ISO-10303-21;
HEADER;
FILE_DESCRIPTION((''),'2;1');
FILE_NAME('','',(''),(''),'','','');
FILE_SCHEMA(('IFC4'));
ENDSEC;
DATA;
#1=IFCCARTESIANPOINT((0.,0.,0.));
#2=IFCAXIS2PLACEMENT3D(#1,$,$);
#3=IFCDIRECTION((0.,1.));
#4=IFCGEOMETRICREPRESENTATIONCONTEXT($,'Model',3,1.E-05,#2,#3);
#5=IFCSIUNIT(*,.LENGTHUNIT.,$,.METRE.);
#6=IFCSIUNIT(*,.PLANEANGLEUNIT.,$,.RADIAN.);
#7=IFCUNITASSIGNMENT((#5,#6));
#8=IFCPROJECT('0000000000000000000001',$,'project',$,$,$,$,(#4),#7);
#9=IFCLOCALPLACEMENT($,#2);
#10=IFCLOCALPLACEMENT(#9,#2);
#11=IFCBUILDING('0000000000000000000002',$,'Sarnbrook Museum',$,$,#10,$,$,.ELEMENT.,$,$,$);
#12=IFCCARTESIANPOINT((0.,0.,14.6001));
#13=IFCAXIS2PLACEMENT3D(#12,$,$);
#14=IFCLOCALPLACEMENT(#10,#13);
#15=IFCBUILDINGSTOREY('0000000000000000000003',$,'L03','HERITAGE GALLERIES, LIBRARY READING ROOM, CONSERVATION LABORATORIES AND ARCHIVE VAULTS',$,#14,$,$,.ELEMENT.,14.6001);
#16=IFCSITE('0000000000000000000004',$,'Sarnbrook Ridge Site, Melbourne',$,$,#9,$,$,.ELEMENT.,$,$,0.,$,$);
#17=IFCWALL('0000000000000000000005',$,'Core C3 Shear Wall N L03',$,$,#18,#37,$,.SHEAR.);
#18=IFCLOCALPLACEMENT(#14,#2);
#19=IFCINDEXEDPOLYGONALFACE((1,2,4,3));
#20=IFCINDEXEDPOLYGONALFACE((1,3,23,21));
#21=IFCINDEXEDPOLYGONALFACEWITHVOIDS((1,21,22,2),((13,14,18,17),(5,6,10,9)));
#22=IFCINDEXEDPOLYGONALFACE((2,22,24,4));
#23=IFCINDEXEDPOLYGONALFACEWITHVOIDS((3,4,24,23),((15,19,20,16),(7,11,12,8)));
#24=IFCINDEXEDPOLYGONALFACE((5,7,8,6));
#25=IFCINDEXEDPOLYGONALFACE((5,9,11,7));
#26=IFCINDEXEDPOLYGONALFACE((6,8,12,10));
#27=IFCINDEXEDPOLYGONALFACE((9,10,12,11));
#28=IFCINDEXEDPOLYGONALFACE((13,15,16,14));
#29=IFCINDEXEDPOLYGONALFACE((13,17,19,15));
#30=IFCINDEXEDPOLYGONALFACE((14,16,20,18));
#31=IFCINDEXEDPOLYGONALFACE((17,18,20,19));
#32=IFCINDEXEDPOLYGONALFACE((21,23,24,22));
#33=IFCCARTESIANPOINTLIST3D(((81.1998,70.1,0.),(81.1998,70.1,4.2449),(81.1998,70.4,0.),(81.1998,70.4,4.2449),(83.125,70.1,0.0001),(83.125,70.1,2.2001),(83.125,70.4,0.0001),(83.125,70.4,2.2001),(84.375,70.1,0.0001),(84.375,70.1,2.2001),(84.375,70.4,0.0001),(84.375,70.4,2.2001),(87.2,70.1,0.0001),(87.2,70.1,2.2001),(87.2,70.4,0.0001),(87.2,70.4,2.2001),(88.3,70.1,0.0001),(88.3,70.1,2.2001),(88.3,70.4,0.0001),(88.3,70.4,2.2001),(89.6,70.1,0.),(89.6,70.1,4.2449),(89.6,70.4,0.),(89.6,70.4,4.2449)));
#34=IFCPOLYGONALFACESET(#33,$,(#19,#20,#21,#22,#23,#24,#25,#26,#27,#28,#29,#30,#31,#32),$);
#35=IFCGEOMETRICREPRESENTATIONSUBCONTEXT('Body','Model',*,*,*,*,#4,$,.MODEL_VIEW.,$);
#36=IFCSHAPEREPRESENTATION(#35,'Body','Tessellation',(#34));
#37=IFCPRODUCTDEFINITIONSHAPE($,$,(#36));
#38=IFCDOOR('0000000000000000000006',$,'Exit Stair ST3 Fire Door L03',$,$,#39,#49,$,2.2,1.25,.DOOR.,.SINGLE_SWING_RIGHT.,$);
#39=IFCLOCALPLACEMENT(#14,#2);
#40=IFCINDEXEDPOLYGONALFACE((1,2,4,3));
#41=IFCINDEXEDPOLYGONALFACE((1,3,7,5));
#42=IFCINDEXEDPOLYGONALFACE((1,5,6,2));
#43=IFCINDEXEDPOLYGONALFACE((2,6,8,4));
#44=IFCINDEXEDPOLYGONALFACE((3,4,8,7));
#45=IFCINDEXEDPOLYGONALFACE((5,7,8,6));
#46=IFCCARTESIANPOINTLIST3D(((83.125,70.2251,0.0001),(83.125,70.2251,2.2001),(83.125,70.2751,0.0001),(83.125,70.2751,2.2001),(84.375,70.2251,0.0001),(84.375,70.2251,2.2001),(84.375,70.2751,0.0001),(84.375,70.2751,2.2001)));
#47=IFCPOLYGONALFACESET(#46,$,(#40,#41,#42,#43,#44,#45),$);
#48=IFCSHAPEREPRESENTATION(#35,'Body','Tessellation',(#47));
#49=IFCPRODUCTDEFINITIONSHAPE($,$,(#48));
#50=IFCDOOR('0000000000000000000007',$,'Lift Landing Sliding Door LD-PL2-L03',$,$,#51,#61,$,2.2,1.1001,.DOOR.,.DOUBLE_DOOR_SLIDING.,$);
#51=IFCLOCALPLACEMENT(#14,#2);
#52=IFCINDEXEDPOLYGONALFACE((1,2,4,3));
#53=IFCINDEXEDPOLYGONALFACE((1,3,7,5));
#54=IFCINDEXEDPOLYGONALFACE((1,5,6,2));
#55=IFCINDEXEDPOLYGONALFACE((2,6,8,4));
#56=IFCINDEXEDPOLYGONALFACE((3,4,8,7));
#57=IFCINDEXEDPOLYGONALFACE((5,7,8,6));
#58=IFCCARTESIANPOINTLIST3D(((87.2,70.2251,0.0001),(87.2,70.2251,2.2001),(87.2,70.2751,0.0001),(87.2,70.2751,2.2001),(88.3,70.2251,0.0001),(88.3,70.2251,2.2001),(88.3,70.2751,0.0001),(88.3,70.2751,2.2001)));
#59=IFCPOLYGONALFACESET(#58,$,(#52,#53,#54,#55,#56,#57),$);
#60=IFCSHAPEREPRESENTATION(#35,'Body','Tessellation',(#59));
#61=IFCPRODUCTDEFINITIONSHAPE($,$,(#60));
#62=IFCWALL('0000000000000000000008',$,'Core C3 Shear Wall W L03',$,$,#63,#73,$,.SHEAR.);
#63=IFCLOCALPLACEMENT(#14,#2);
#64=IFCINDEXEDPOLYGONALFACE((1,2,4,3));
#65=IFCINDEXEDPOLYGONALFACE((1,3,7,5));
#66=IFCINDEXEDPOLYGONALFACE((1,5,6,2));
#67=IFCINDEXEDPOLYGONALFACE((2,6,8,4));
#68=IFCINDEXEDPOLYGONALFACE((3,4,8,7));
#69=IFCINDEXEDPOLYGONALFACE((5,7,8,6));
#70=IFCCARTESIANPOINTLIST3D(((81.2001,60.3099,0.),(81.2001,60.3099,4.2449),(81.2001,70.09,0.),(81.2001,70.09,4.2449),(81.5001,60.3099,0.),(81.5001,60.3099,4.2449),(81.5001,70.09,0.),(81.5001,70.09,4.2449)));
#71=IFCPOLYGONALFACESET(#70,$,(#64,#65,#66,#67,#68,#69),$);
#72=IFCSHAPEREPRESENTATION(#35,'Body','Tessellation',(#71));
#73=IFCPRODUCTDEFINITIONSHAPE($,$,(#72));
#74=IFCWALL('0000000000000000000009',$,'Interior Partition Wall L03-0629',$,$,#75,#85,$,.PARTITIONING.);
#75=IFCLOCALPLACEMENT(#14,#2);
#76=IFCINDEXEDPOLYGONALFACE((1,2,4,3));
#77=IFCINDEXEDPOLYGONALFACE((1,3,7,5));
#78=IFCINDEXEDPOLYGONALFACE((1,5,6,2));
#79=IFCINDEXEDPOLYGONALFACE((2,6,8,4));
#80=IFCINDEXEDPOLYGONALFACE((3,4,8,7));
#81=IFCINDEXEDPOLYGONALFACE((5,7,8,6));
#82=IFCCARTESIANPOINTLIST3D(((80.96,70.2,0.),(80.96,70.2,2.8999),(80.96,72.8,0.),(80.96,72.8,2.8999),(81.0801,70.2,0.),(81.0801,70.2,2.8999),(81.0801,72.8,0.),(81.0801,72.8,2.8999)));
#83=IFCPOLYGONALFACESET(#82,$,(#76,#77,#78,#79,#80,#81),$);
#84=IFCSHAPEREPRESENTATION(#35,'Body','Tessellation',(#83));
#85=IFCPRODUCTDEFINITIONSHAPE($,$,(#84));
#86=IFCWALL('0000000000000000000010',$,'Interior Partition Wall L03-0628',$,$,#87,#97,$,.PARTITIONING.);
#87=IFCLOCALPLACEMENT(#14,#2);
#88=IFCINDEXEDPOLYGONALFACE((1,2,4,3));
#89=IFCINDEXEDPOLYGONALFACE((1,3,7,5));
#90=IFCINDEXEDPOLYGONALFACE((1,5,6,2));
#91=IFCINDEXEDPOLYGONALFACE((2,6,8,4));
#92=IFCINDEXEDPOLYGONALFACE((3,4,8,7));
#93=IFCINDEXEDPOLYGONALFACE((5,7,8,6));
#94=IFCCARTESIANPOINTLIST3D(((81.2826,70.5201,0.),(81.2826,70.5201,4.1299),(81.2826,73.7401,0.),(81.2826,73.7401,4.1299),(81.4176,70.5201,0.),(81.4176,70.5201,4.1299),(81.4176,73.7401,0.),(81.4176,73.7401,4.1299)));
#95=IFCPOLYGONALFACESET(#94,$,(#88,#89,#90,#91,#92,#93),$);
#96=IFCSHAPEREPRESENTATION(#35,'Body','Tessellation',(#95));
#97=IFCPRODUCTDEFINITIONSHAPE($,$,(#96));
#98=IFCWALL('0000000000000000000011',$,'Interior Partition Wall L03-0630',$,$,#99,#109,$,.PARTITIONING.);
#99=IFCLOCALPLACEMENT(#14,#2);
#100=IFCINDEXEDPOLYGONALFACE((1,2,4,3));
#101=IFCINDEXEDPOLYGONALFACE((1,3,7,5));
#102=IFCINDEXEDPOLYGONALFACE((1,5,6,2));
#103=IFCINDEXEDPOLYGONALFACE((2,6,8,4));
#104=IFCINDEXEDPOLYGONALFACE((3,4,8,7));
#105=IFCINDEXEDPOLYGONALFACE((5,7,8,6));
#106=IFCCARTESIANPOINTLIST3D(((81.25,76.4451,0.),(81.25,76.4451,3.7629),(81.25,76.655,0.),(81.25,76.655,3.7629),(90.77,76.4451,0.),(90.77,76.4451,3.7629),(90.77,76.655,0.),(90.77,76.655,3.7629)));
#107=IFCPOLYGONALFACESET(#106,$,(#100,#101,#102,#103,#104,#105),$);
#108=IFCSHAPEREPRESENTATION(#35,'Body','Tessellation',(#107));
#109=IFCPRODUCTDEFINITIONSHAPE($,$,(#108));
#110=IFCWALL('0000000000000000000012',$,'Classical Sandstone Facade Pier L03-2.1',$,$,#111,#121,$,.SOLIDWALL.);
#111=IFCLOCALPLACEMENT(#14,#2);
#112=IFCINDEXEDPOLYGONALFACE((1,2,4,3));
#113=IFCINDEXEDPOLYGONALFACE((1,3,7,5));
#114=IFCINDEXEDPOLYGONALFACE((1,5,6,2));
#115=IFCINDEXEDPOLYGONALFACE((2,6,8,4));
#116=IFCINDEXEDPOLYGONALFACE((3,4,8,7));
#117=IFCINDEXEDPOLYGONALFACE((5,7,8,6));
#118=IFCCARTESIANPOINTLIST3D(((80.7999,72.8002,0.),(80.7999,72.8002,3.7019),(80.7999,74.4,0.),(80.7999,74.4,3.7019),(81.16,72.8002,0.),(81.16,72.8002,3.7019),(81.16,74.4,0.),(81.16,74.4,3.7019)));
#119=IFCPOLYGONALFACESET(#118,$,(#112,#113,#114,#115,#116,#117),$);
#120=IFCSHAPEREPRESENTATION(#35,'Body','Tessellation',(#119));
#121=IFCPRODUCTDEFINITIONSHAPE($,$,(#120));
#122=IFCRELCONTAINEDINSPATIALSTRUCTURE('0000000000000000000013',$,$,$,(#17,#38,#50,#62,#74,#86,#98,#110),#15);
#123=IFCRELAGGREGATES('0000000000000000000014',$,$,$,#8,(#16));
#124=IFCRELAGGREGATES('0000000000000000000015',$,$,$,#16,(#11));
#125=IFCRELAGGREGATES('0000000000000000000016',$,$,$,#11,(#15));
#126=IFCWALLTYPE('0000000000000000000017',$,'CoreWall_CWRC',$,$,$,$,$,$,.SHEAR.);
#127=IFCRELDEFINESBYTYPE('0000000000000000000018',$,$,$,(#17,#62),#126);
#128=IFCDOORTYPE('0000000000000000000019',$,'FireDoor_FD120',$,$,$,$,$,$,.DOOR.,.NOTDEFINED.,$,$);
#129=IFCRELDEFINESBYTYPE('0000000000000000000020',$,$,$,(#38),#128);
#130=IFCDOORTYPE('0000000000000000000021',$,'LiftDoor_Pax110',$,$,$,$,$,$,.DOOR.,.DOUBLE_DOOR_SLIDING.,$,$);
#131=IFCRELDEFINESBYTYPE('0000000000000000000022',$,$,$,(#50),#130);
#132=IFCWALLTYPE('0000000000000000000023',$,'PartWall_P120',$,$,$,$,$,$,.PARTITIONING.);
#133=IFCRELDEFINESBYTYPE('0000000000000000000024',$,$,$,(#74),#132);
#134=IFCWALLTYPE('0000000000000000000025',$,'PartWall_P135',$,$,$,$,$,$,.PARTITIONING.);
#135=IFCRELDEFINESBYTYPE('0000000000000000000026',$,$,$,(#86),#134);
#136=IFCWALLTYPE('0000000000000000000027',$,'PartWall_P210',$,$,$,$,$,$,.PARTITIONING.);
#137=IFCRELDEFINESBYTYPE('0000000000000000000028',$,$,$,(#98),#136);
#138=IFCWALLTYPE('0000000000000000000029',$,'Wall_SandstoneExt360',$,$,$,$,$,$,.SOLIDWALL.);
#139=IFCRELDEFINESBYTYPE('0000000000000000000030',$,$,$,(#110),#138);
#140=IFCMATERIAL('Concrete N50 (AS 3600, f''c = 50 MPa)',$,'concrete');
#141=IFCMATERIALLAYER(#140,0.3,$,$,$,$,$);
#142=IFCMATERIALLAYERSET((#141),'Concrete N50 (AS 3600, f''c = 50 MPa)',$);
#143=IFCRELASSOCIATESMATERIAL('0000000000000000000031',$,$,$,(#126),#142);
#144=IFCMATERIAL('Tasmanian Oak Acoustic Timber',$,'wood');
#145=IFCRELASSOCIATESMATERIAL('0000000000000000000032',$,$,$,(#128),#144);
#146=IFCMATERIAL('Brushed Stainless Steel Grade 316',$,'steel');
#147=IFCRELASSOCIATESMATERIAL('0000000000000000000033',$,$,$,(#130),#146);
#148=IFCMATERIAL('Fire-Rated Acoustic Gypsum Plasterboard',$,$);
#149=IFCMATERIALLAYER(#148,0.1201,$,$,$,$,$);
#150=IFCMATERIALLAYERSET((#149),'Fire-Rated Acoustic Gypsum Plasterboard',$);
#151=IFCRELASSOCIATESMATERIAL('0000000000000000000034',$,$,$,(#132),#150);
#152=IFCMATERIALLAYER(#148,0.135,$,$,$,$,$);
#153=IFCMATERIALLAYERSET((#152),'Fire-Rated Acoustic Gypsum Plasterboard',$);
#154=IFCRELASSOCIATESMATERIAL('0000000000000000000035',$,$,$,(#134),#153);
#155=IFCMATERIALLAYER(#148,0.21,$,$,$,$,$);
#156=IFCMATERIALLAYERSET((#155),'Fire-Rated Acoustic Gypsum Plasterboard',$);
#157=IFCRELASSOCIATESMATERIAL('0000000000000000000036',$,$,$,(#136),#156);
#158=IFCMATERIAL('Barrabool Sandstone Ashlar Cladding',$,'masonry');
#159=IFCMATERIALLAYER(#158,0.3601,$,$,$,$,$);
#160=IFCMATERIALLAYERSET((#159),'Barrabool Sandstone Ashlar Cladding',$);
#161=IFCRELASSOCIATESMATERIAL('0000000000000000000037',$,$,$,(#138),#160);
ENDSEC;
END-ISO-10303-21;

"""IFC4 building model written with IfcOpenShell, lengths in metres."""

from ifc_helpers import new_model, si_unit, direction, frame, frame_2d, origin, place, context, subcontext, project, spatial, rectangle, extrude, material, layer, layer_set, type_object, element, fill, save


model = new_model("IFC4")

# Units and contexts
model_context = context("Model", 3, precision=1e-05, world=origin(), true_north=direction((0.0, 1.0)))
body_context = subcontext(model_context, "Body", "Model", "MODEL_VIEW")
ifc_project = project(units=[si_unit("LENGTHUNIT", "METRE"), si_unit("PLANEANGLEUNIT", "RADIAN")], contexts=[model_context])

# Site, building, storey
site_placement = place(None, origin())
site = spatial("IfcSite", under=ifc_project, at=site_placement, Name="Sarnbrook Ridge Site, Melbourne", CompositionType="ELEMENT", RefElevation=0.0)
building_placement = place(site_placement, origin())
building = spatial("IfcBuilding", under=site, at=building_placement, Name="Sarnbrook Museum", CompositionType="ELEMENT")
storey_placement = place(building_placement, frame((0.0, 0.0, 14.6001)))
storey = spatial("IfcBuildingStorey", under=building, at=storey_placement, Name="L03", Description="HERITAGE GALLERIES, LIBRARY READING ROOM, CONSERVATION LABORATORIES AND ARCHIVE VAULTS", CompositionType="ELEMENT", Elevation=14.6001)

# Wall, openings, doors
ifc_material_1 = material(Name="Concrete N50 (AS 3600, f'c = 50 MPa)", Category="concrete")
ifc_layer_1 = layer(ifc_material_1, 0.3)
ifc_layer_set_1 = layer_set([ifc_layer_1], Name="Concrete N50 (AS 3600, f'c = 50 MPa)")
wall_type_1 = type_object("IfcWallType", Name="CoreWall_CWRC", PredefinedType="SHEAR", material=ifc_layer_set_1)
wall_1_placement = place(storey_placement, frame((89.6001, 70.25, 0.0), z_axis=(0.0, 0.0, 1.0), x_axis=(-1.0, 0.0, 0.0)))
wall_1 = element("IfcWall", 1, at=wall_1_placement, inside=storey, type_object=wall_type_1, Name="Core C3 Shear Wall N L03", PredefinedType="SHEAR", context=body_context, shape_type="SweptSolid", body=[
    extrude(rectangle(XDim=8.4001, YDim=0.3, at=frame_2d((4.2002, 0.0))), origin(), (0.0, 0.0, 1.0), 4.2449),
])
opening_1_placement = place(wall_1_placement, frame((5.2251, 0.0, 0.0)))
opening_1 = element("IfcOpeningElement", 2, at=opening_1_placement, cuts=wall_1, PredefinedType="OPENING", context=body_context, shape_type="SweptSolid", body=[
    extrude(rectangle(XDim=1.25, YDim=2.2, at=frame_2d((0.625, 1.1001))), frame((0.0, 0.1602, 0.0), z_axis=(0.0, -1.0, 0.0), x_axis=(1.0, 0.0, 0.0)), (0.0, 0.0, 1.0), 0.3201),
])
opening_2_placement = place(wall_1_placement, frame((1.3, 0.0, 0.0)))
opening_2 = element("IfcOpeningElement", 3, at=opening_2_placement, cuts=wall_1, PredefinedType="OPENING", context=body_context, shape_type="SweptSolid", body=[
    extrude(rectangle(XDim=1.1001, YDim=2.2, at=frame_2d((0.55, 1.1001))), frame((0.0, 0.1602, 0.0), z_axis=(0.0, -1.0, 0.0), x_axis=(1.0, 0.0, 0.0)), (0.0, 0.0, 1.0), 0.3201),
])
ifc_material_2 = material(Name="Tasmanian Oak Acoustic Timber", Category="wood")
door_type_1 = type_object("IfcDoorType", Name="FireDoor_FD120", OperationType="NOTDEFINED", PredefinedType="DOOR", material=ifc_material_2)
door_1_placement = place(opening_1_placement, origin())
door_1 = element("IfcDoor", 4, at=door_1_placement, inside=storey, type_object=door_type_1, Name="Exit Stair ST3 Fire Door L03", OperationType="SINGLE_SWING_RIGHT", OverallHeight=2.2, OverallWidth=1.25, PredefinedType="DOOR", context=body_context, shape_type="SweptSolid", body=[
    extrude(rectangle(XDim=1.25, YDim=2.2, at=frame_2d((0.625, 1.1001))), frame((0.0, 0.0249, 0.0), z_axis=(0.0, -1.0, 0.0), x_axis=(1.0, 0.0, 0.0)), (0.0, 0.0, 1.0), 0.05),
])
fill(opening_1, door_1)
ifc_material_3 = material(Name="Brushed Stainless Steel Grade 316", Category="steel")
door_type_2 = type_object("IfcDoorType", Name="LiftDoor_Pax110", OperationType="DOUBLE_DOOR_SLIDING", PredefinedType="DOOR", material=ifc_material_3)
door_2_placement = place(opening_2_placement, origin())
door_2 = element("IfcDoor", 5, at=door_2_placement, inside=storey, type_object=door_type_2, Name="Lift Landing Sliding Door LD-PL2-L03", OperationType="DOUBLE_DOOR_SLIDING", OverallHeight=2.2, OverallWidth=1.1001, PredefinedType="DOOR", context=body_context, shape_type="SweptSolid", body=[
    extrude(rectangle(XDim=1.1001, YDim=2.2, at=frame_2d((0.55, 1.1001))), frame((0.0, 0.0249, 0.0), z_axis=(0.0, -1.0, 0.0), x_axis=(1.0, 0.0, 0.0)), (0.0, 0.0, 1.0), 0.05),
])
fill(opening_2, door_2)

# Walls
wall_2_placement = place(storey_placement, frame((81.3501, 70.0901, 0.0), z_axis=(0.0, 0.0, 1.0), x_axis=(0.0, -1.0, 0.0)))
element("IfcWall", 6, at=wall_2_placement, inside=storey, type_object=wall_type_1, Name="Core C3 Shear Wall W L03", PredefinedType="SHEAR", context=body_context, shape_type="SweptSolid", body=[
    extrude(rectangle(XDim=9.78, YDim=0.3, at=frame_2d((4.8901, 0.0))), origin(), (0.0, 0.0, 1.0), 4.2449),
])
ifc_material_4 = material(Name="Fire-Rated Acoustic Gypsum Plasterboard")
ifc_layer_2 = layer(ifc_material_4, 0.1201)
ifc_layer_set_2 = layer_set([ifc_layer_2], Name="Fire-Rated Acoustic Gypsum Plasterboard")
wall_type_2 = type_object("IfcWallType", Name="PartWall_P120", PredefinedType="PARTITIONING", material=ifc_layer_set_2)
wall_3_placement = place(storey_placement, frame((81.02, 70.2, 0.0), z_axis=(0.0, 0.0, 1.0), x_axis=(0.0, 1.0, 0.0)))
element("IfcWall", 7, at=wall_3_placement, inside=storey, type_object=wall_type_2, Name="Interior Partition Wall L03-0629", PredefinedType="PARTITIONING", context=body_context, shape_type="SweptSolid", body=[
    extrude(rectangle(XDim=2.6001, YDim=0.1201, at=frame_2d((1.3, 0.0))), origin(), (0.0, 0.0, 1.0), 2.8999),
])
ifc_layer_3 = layer(ifc_material_4, 0.135)
ifc_layer_set_3 = layer_set([ifc_layer_3], Name="Fire-Rated Acoustic Gypsum Plasterboard")
wall_type_3 = type_object("IfcWallType", Name="PartWall_P135", PredefinedType="PARTITIONING", material=ifc_layer_set_3)
wall_4_placement = place(storey_placement, frame((81.3501, 73.74, 0.0), z_axis=(0.0, 0.0, 1.0), x_axis=(0.0, -1.0, 0.0)))
element("IfcWall", 8, at=wall_4_placement, inside=storey, type_object=wall_type_3, Name="Interior Partition Wall L03-0628", PredefinedType="PARTITIONING", context=body_context, shape_type="SweptSolid", body=[
    extrude(rectangle(XDim=3.22, YDim=0.135, at=frame_2d((1.6099, 0.0))), origin(), (0.0, 0.0, 1.0), 4.1299),
])
ifc_layer_4 = layer(ifc_material_4, 0.21)
ifc_layer_set_4 = layer_set([ifc_layer_4], Name="Fire-Rated Acoustic Gypsum Plasterboard")
wall_type_4 = type_object("IfcWallType", Name="PartWall_P210", PredefinedType="PARTITIONING", material=ifc_layer_set_4)
wall_5_placement = place(storey_placement, frame((81.25, 76.55, 0.0), z_axis=(0.0, 0.0, 1.0), x_axis=(1.0, 0.0, 0.0)))
element("IfcWall", 9, at=wall_5_placement, inside=storey, type_object=wall_type_4, Name="Interior Partition Wall L03-0630", PredefinedType="PARTITIONING", context=body_context, shape_type="SweptSolid", body=[
    extrude(rectangle(XDim=9.52, YDim=0.21, at=frame_2d((4.76, 0.0))), origin(), (0.0, 0.0, 1.0), 3.7629),
])
ifc_material_5 = material(Name="Barrabool Sandstone Ashlar Cladding", Category="masonry")
ifc_layer_5 = layer(ifc_material_5, 0.3601)
ifc_layer_set_5 = layer_set([ifc_layer_5], Name="Barrabool Sandstone Ashlar Cladding")
wall_type_5 = type_object("IfcWallType", Name="Wall_SandstoneExt360", PredefinedType="SOLIDWALL", material=ifc_layer_set_5)
wall_6_placement = place(storey_placement, frame((80.98, 74.3999, 0.0), z_axis=(0.0, 0.0, 1.0), x_axis=(0.0, -1.0, 0.0)))
element("IfcWall", 10, at=wall_6_placement, inside=storey, type_object=wall_type_5, Name="Classical Sandstone Facade Pier L03-2.1", PredefinedType="SOLIDWALL", context=body_context, shape_type="SweptSolid", body=[
    extrude(rectangle(XDim=1.5999, YDim=0.3601, at=frame_2d((0.7998, 0.0))), origin(), (0.0, 0.0, 1.0), 3.7019),
])

save(model, "model.ifc")
